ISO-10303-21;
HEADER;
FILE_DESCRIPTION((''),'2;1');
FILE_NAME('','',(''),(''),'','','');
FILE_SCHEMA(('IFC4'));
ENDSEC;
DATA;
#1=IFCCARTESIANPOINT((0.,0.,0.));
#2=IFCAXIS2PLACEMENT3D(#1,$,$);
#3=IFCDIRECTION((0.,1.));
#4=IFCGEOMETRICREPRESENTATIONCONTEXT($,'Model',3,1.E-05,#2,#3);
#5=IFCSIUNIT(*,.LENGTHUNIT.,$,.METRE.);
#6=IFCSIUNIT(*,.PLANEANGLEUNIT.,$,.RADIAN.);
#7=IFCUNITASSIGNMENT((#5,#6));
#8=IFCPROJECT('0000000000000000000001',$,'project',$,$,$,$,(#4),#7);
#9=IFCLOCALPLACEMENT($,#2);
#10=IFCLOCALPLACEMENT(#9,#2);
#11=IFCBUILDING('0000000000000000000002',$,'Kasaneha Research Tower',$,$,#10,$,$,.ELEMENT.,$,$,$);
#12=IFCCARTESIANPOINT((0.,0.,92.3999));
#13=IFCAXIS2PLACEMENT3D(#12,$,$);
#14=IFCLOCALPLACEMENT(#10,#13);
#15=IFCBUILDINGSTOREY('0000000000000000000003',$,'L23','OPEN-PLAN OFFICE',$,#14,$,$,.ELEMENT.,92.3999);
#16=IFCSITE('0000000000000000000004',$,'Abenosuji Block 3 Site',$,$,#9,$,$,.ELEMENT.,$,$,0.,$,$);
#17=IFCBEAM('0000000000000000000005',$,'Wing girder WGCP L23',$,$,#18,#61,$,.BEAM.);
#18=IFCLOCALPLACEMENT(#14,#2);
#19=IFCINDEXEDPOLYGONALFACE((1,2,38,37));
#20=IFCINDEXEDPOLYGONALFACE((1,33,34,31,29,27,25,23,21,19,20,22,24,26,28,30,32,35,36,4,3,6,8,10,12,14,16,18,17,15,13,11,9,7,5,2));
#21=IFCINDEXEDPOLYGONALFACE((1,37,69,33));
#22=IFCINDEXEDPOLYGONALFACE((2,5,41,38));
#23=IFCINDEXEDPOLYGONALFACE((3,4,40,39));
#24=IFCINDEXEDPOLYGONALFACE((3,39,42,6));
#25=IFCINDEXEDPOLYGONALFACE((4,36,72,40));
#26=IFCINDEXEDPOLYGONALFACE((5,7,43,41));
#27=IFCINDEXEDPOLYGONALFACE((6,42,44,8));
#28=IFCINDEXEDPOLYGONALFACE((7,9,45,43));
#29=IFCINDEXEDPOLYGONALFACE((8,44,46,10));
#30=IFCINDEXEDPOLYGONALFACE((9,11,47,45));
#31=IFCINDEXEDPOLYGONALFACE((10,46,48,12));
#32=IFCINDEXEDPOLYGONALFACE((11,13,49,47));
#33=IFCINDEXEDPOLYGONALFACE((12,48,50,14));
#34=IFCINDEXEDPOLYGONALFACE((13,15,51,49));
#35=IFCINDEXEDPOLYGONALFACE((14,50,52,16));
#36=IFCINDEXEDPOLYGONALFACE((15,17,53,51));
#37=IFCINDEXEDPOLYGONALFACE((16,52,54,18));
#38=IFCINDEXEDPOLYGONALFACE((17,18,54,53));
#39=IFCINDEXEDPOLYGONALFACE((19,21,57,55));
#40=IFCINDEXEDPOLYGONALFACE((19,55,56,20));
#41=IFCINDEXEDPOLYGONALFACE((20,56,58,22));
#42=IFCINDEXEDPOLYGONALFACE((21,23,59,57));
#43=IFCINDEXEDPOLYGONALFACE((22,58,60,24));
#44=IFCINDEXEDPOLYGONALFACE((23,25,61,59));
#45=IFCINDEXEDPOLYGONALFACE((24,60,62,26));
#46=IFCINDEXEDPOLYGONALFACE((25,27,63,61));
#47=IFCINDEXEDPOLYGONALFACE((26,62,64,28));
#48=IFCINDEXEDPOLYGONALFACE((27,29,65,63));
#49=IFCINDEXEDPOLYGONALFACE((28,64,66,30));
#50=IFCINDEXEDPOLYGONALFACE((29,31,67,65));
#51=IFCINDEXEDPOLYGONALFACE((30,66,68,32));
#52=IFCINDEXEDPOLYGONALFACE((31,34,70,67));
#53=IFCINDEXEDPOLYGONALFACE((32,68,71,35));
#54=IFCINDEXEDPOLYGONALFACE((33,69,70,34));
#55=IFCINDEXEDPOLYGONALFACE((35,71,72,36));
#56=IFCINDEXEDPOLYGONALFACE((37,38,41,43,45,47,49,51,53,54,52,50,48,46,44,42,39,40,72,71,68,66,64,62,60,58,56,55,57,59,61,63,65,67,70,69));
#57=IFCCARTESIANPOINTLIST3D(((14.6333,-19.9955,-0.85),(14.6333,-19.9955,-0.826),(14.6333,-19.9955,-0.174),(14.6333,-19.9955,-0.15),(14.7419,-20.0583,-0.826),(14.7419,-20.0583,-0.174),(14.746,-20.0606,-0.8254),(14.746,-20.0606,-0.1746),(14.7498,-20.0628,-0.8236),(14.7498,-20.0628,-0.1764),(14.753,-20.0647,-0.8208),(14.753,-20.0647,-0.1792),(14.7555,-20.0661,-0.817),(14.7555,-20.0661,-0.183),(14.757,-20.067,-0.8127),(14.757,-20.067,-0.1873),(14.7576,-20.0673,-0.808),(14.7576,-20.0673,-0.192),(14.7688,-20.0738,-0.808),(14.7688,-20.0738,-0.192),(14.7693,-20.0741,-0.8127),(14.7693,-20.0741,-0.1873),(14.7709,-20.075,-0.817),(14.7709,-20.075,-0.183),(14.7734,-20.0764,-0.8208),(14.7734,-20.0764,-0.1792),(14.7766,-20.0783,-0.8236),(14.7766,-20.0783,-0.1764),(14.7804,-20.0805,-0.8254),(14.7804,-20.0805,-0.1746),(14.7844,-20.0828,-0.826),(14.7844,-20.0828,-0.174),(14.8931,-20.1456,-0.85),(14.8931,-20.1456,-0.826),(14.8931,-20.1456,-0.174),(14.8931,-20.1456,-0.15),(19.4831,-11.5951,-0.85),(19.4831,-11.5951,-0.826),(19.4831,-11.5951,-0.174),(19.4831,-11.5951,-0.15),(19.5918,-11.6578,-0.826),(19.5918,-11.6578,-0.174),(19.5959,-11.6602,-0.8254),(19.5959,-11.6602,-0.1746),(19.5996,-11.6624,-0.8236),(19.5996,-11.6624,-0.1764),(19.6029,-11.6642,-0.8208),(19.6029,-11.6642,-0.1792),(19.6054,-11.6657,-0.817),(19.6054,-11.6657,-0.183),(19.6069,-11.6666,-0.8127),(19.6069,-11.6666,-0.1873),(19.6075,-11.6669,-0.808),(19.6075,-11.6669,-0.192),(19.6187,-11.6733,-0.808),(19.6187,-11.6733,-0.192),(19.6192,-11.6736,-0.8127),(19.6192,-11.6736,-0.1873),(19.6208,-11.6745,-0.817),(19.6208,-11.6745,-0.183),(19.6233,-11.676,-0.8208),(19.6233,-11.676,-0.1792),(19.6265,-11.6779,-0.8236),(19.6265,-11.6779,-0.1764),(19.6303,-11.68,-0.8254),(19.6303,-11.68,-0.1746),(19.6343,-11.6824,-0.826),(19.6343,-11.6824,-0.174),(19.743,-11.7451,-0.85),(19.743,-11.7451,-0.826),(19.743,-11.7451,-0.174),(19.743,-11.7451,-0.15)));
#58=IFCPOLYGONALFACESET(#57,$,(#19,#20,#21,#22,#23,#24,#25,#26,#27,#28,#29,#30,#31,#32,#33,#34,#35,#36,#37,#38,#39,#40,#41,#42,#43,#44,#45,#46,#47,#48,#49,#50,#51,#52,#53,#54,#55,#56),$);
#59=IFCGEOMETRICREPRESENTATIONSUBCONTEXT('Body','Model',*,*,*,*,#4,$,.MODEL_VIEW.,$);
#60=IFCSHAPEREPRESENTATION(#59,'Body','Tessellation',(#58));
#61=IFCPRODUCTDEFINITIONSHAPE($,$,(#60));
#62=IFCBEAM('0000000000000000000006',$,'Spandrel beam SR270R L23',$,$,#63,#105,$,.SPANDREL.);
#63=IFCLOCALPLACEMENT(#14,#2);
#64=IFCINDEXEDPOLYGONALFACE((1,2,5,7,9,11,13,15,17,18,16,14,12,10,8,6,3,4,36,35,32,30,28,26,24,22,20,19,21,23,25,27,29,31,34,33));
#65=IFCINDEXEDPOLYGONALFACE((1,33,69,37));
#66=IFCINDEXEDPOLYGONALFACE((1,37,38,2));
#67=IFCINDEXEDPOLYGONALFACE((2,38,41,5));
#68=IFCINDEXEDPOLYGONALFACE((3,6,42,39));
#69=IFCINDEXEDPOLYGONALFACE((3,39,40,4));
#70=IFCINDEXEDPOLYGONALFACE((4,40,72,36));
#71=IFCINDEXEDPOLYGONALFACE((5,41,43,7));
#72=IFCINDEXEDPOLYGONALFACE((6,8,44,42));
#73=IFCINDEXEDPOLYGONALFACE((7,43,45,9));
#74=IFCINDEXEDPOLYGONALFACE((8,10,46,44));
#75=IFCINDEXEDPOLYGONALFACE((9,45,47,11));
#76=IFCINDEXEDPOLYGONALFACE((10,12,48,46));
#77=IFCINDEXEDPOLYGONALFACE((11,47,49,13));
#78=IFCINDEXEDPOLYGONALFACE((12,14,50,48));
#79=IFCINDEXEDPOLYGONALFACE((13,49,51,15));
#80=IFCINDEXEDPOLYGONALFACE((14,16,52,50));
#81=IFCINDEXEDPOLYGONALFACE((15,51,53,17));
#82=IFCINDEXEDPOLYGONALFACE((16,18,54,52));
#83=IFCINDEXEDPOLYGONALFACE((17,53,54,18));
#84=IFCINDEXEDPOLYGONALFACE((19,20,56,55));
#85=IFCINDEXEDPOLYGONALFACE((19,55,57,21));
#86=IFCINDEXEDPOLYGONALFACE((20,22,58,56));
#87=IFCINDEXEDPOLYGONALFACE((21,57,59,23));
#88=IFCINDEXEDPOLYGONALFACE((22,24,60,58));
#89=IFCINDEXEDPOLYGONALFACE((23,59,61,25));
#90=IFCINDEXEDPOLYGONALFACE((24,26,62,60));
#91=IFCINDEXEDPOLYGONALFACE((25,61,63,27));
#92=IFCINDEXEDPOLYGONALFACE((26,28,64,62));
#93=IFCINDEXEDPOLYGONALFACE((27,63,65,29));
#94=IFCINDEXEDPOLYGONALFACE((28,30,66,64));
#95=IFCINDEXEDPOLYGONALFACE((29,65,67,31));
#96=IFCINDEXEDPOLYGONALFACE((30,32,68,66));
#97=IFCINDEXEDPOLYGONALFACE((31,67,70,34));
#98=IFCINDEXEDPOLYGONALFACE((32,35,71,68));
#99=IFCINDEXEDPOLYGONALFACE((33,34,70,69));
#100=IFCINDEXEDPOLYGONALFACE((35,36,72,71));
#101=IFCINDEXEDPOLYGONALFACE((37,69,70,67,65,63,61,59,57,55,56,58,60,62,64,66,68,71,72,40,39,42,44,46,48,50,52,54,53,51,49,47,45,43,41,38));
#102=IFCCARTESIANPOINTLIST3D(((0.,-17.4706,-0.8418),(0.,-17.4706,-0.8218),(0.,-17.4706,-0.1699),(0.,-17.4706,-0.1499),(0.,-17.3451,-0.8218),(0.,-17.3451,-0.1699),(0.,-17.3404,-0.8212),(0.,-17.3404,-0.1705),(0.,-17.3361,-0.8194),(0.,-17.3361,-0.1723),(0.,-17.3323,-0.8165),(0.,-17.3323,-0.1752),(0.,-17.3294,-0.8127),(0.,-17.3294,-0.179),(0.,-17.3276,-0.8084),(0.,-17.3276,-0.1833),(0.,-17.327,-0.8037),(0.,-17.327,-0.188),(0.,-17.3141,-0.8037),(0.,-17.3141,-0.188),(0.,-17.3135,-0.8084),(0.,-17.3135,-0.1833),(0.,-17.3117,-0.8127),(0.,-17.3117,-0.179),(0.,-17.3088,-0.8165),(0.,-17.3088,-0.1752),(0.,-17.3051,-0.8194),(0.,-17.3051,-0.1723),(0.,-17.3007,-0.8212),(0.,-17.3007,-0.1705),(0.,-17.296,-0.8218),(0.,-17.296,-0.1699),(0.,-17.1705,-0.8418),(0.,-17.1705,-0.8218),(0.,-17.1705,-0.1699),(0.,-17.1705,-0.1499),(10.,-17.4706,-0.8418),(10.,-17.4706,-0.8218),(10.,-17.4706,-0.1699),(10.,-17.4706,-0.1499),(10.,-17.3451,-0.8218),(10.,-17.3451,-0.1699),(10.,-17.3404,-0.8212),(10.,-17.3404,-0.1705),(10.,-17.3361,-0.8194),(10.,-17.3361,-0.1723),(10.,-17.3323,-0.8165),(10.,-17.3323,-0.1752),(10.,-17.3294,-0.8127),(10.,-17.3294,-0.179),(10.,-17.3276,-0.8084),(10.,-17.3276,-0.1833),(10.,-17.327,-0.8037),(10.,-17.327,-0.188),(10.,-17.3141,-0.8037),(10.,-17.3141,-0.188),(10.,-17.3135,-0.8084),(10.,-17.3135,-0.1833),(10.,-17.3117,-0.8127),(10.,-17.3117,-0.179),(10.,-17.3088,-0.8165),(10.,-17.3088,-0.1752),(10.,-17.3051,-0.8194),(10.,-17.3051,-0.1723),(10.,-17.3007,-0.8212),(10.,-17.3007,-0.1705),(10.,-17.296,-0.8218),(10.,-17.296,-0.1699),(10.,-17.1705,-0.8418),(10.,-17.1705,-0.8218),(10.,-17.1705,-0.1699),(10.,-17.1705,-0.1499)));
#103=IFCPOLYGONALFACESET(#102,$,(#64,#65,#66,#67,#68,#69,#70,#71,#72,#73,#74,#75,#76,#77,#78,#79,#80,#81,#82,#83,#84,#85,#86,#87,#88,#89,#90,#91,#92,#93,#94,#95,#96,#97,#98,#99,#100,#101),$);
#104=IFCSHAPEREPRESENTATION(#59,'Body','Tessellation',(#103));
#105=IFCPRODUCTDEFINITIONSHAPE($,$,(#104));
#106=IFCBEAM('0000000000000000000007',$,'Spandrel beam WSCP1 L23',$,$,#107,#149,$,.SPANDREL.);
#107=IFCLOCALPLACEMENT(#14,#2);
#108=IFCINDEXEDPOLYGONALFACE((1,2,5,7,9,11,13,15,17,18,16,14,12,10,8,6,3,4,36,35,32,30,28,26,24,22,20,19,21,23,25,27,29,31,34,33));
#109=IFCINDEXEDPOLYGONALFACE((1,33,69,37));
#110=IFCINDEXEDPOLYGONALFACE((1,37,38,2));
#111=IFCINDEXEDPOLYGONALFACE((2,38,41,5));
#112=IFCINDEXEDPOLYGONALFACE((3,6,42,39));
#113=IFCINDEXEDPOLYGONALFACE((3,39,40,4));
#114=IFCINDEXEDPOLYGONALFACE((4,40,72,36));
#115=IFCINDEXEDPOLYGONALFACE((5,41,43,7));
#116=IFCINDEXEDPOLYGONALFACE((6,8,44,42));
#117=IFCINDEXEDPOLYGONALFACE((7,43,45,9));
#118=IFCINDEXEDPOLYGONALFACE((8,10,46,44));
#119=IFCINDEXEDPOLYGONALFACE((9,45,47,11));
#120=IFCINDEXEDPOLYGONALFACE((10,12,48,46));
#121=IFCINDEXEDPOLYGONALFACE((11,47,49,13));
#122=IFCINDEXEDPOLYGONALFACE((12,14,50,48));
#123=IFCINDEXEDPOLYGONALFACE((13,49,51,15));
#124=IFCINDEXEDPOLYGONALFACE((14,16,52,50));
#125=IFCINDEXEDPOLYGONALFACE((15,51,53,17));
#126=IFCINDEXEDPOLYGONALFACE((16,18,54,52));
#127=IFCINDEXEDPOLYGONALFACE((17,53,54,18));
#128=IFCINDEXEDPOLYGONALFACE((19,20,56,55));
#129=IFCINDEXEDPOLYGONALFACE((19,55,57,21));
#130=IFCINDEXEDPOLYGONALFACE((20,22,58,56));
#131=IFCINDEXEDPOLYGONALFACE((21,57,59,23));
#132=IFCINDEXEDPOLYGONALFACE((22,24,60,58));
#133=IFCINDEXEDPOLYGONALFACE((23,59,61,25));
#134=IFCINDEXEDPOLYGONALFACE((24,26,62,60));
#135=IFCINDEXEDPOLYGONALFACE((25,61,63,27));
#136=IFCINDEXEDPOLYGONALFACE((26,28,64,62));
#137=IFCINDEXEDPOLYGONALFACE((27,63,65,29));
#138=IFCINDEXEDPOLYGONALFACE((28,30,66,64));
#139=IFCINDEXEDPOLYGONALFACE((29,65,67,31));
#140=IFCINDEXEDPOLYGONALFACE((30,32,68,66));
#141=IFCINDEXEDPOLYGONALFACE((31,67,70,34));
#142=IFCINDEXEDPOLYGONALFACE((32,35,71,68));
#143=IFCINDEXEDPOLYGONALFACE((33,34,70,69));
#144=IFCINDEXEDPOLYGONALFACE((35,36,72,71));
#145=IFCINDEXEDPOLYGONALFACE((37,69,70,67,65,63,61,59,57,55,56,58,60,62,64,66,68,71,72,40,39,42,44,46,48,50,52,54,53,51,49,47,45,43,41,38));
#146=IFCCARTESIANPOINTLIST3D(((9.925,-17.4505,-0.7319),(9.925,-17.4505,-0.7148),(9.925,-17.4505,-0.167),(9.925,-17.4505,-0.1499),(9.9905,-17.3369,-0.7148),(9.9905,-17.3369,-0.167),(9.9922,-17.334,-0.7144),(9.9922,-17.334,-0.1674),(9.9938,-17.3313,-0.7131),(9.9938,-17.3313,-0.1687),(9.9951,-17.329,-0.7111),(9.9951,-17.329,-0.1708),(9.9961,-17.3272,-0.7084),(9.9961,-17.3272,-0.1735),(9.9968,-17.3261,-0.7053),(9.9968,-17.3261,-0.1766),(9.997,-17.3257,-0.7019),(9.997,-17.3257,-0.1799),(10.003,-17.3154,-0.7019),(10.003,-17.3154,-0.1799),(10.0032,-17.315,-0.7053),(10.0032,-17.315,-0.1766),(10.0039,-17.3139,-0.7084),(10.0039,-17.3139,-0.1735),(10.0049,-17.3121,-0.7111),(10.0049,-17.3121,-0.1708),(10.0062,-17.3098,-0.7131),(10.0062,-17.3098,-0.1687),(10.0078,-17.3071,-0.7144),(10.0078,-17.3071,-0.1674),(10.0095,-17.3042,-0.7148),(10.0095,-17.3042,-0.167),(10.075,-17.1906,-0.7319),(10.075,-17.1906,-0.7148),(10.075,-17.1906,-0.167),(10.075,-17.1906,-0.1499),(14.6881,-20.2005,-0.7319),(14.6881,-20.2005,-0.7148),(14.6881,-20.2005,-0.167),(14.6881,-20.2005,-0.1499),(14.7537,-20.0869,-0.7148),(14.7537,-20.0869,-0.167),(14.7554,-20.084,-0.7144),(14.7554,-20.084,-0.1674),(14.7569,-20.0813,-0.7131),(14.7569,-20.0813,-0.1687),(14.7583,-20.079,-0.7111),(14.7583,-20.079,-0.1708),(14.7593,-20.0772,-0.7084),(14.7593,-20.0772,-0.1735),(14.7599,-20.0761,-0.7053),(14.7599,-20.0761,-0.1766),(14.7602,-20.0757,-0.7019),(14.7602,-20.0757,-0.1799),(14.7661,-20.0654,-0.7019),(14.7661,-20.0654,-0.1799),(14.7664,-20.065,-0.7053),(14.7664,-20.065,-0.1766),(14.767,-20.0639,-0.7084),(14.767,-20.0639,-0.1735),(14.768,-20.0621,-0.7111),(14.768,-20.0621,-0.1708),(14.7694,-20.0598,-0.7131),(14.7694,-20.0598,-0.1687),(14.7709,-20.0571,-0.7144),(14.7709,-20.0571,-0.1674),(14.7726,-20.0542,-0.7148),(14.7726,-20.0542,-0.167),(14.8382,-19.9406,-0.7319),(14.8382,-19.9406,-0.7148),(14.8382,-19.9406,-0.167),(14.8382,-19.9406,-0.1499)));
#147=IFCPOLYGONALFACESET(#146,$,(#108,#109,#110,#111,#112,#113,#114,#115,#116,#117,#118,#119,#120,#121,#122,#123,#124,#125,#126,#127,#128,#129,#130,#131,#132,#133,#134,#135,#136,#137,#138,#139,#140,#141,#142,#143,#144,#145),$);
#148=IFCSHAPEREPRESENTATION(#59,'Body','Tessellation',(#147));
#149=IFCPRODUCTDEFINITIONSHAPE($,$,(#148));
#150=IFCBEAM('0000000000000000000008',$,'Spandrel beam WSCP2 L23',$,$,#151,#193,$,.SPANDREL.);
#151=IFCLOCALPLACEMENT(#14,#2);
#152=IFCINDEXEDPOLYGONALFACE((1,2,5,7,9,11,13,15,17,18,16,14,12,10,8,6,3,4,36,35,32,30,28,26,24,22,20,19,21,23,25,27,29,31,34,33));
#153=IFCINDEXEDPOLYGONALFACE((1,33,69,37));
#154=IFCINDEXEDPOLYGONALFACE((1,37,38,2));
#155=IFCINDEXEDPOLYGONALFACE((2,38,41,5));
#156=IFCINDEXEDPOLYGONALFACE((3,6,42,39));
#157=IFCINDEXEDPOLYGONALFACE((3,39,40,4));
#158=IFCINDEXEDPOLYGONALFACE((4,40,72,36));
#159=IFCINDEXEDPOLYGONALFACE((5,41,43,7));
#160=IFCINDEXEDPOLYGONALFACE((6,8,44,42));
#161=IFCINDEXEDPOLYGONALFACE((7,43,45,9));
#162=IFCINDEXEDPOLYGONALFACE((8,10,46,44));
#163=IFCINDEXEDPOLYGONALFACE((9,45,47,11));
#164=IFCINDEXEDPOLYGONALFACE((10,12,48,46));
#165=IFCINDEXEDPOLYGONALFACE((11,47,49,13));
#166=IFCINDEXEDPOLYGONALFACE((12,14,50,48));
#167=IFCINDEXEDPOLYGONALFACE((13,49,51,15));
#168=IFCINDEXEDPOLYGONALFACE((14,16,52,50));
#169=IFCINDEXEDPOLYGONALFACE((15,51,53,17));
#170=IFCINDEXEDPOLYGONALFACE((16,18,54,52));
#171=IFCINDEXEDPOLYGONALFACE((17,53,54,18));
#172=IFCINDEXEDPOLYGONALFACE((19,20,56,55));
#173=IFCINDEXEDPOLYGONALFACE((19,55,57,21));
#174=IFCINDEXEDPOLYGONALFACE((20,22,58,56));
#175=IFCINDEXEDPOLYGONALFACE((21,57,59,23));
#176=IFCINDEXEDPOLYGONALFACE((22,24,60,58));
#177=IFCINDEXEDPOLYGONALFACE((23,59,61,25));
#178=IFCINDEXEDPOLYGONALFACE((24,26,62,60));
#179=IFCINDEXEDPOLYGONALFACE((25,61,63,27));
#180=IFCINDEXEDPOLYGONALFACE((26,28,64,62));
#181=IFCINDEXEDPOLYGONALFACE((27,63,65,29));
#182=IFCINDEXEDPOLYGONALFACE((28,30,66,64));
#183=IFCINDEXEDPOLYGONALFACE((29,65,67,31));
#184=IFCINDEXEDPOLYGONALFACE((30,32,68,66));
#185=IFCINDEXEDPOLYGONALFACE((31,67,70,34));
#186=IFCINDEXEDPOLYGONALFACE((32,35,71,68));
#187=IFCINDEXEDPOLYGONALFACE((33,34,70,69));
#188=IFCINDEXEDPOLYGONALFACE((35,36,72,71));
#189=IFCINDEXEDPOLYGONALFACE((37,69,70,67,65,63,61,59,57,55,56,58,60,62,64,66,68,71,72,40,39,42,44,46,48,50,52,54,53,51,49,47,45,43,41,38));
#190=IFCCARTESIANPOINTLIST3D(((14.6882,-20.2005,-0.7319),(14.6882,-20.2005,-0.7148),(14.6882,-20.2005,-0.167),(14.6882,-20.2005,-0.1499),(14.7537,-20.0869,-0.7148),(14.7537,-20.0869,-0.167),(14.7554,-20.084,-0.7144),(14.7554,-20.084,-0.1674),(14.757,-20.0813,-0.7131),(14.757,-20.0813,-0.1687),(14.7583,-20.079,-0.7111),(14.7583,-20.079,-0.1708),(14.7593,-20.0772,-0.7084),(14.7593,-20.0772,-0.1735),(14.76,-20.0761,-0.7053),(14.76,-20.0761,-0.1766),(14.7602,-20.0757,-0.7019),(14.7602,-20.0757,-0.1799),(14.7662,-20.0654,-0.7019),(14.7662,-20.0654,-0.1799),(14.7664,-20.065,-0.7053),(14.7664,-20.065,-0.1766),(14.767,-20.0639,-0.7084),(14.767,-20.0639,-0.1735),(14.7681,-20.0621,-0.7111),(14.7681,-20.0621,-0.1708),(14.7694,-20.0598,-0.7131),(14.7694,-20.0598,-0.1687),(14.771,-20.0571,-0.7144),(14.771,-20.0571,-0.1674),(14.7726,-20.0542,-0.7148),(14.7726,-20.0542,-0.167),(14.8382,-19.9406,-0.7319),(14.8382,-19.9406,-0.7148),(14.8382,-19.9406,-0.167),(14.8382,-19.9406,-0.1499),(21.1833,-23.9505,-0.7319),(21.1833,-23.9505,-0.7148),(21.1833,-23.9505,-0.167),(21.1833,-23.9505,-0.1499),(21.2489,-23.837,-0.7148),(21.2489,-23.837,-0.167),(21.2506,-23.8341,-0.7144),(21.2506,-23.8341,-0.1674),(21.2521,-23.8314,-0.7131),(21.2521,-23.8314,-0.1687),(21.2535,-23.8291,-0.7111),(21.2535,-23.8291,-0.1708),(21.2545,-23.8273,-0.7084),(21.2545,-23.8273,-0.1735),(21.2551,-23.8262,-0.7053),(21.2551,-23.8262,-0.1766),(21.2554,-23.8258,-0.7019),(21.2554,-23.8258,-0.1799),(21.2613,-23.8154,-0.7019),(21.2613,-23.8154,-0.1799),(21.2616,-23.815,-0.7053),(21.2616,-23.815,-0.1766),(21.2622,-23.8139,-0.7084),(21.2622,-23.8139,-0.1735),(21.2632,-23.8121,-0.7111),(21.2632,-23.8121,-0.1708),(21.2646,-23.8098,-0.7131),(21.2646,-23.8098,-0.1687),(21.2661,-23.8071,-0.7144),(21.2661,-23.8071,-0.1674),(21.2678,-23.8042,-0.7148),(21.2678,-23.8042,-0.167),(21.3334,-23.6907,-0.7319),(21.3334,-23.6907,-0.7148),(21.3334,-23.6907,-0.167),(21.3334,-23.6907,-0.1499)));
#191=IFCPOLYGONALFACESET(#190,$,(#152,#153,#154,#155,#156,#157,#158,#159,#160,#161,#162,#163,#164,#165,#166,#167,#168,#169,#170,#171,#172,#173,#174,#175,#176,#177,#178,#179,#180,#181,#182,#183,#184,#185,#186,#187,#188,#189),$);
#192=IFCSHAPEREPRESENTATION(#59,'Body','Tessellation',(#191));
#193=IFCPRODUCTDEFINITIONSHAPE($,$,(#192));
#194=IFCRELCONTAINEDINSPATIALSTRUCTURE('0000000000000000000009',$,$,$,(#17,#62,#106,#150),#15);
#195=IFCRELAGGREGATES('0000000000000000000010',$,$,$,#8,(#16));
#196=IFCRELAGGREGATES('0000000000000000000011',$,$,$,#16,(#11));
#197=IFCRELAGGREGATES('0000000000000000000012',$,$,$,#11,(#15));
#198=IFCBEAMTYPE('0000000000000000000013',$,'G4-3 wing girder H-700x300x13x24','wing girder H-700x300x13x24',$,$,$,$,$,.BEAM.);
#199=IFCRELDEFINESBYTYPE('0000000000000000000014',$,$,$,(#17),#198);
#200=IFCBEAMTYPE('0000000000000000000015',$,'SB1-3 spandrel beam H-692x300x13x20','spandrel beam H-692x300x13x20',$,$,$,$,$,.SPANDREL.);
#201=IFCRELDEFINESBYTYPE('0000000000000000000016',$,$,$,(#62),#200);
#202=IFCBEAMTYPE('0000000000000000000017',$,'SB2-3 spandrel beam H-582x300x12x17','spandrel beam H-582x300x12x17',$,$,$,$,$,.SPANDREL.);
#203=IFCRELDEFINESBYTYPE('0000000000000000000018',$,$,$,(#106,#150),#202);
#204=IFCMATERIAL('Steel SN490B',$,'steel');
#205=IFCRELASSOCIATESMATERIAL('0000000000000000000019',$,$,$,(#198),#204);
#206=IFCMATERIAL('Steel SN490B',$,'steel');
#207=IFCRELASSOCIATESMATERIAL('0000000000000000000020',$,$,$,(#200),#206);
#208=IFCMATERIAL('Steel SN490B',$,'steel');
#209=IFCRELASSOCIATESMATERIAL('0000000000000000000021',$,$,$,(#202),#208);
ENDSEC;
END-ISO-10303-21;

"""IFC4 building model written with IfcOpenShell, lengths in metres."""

from ifc_helpers import new_model, si_unit, direction, frame, origin, origin_2d, place, context, subcontext, project, spatial, i_section, extrude, material, material_profile, profile_set, type_object, element, save


model = new_model("IFC4")

# Units and contexts
model_context = context("Model", 3, precision=1e-05, world=origin(), true_north=direction((0.0, 1.0)))
body_context = subcontext(model_context, "Body", "Model", "MODEL_VIEW")
ifc_project = project(units=[si_unit("LENGTHUNIT", "METRE"), si_unit("PLANEANGLEUNIT", "RADIAN")], contexts=[model_context])

# Site, building, storey
site_placement = place(None, origin())
site = spatial("IfcSite", under=ifc_project, at=site_placement, Name="Abenosuji Block 3 Site", CompositionType="ELEMENT", RefElevation=0.0)
building_placement = place(site_placement, origin())
building = spatial("IfcBuilding", under=site, at=building_placement, Name="Kasaneha Research Tower", CompositionType="ELEMENT")
storey_placement = place(building_placement, frame((0.0, 0.0, 92.3999)))
storey = spatial("IfcBuildingStorey", under=building, at=storey_placement, Name="L23", Description="OPEN-PLAN OFFICE", CompositionType="ELEMENT", Elevation=92.3999)

# Beams
ifc_material_1 = material(Name="Steel SN490B", Category="steel")
ifc_material_profile_1 = material_profile(ifc_material_1, i_section(OverallWidth=0.3, OverallDepth=0.7, WebThickness=0.0129, FlangeThickness=0.0239, FilletRadius=0.0181, at=origin_2d()), Name="H-700x300x13x24")
ifc_profile_set_1 = profile_set([ifc_material_profile_1], Name="Steel SN490B")
beam_type_1 = type_object("IfcBeamType", Name="G4-3 wing girder H-700x300x13x24", Description="wing girder H-700x300x13x24", PredefinedType="BEAM", material=ifc_profile_set_1)
beam_1_placement = place(storey_placement, frame((14.7632, -20.0706, -0.5), z_axis=(0.499991, 0.866031, 0.0), x_axis=(-0.866031, 0.499991, 0.0)))
element("IfcBeam", 1, at=beam_1_placement, inside=storey, type_object=beam_type_1, Name="Wing girder WGCP L23", PredefinedType="BEAM", context=body_context, shape_type="SweptSolid", body=[
    extrude(i_section(OverallWidth=0.3, OverallDepth=0.7, WebThickness=0.0129, FlangeThickness=0.0239, FilletRadius=0.0181, at=origin_2d()), origin(), (0.0, 0.0, 1.0), 9.7),
])
ifc_material_2 = material(Name="Steel SN490B", Category="steel")
ifc_material_profile_2 = material_profile(ifc_material_2, i_section(OverallWidth=0.3, OverallDepth=0.6919, WebThickness=0.0129, FlangeThickness=0.02, FilletRadius=0.0181, at=origin_2d()), Name="H-692x300x13x20")
ifc_profile_set_2 = profile_set([ifc_material_profile_2], Name="Steel SN490B")
beam_type_2 = type_object("IfcBeamType", Name="SB1-3 spandrel beam H-692x300x13x20", Description="spandrel beam H-692x300x13x20", PredefinedType="SPANDREL", material=ifc_profile_set_2)
beam_2_placement = place(storey_placement, frame((10.0, -17.3206, -0.4958), z_axis=(-1.0, 0.0, 0.0), x_axis=(0.0, -1.0, 0.0)))
element("IfcBeam", 2, at=beam_2_placement, inside=storey, type_object=beam_type_2, Name="Spandrel beam SR270R L23", PredefinedType="SPANDREL", context=body_context, shape_type="SweptSolid", body=[
    extrude(i_section(OverallWidth=0.3, OverallDepth=0.6919, WebThickness=0.0129, FlangeThickness=0.02, FilletRadius=0.0181, at=origin_2d()), origin(), (0.0, 0.0, 1.0), 10.0),
])
ifc_material_3 = material(Name="Steel SN490B", Category="steel")
ifc_material_profile_3 = material_profile(ifc_material_3, i_section(OverallWidth=0.3, OverallDepth=0.582, WebThickness=0.012, FlangeThickness=0.0171, FilletRadius=0.0129, at=origin_2d()), Name="H-582x300x12x17")
ifc_profile_set_3 = profile_set([ifc_material_profile_3], Name="Steel SN490B")
beam_type_3 = type_object("IfcBeamType", Name="SB2-3 spandrel beam H-582x300x12x17", Description="spandrel beam H-582x300x12x17", PredefinedType="SPANDREL", material=ifc_profile_set_3)
beam_3_placement = place(storey_placement, frame((10.0, -17.3206, -0.4409), z_axis=(0.866027, -0.499997, 0.0), x_axis=(0.499997, 0.866027, 0.0)))
element("IfcBeam", 3, at=beam_3_placement, inside=storey, type_object=beam_type_3, Name="Spandrel beam WSCP1 L23", PredefinedType="SPANDREL", context=body_context, shape_type="SweptSolid", body=[
    extrude(i_section(OverallWidth=0.3, OverallDepth=0.582, WebThickness=0.012, FlangeThickness=0.0171, FilletRadius=0.0129, at=origin_2d()), origin(), (0.0, 0.0, 1.0), 5.5),
])
beam_4_placement = place(storey_placement, frame((14.7632, -20.0706, -0.4409), z_axis=(0.866023, -0.500004, 0.0), x_axis=(0.500004, 0.866023, 0.0)))
element("IfcBeam", 4, at=beam_4_placement, inside=storey, type_object=beam_type_3, Name="Spandrel beam WSCP2 L23", PredefinedType="SPANDREL", context=body_context, shape_type="SweptSolid", body=[
    extrude(i_section(OverallWidth=0.3, OverallDepth=0.582, WebThickness=0.012, FlangeThickness=0.0171, FilletRadius=0.0129, at=origin_2d()), origin(), (0.0, 0.0, 1.0), 7.5),
])

save(model, "model.ifc")
